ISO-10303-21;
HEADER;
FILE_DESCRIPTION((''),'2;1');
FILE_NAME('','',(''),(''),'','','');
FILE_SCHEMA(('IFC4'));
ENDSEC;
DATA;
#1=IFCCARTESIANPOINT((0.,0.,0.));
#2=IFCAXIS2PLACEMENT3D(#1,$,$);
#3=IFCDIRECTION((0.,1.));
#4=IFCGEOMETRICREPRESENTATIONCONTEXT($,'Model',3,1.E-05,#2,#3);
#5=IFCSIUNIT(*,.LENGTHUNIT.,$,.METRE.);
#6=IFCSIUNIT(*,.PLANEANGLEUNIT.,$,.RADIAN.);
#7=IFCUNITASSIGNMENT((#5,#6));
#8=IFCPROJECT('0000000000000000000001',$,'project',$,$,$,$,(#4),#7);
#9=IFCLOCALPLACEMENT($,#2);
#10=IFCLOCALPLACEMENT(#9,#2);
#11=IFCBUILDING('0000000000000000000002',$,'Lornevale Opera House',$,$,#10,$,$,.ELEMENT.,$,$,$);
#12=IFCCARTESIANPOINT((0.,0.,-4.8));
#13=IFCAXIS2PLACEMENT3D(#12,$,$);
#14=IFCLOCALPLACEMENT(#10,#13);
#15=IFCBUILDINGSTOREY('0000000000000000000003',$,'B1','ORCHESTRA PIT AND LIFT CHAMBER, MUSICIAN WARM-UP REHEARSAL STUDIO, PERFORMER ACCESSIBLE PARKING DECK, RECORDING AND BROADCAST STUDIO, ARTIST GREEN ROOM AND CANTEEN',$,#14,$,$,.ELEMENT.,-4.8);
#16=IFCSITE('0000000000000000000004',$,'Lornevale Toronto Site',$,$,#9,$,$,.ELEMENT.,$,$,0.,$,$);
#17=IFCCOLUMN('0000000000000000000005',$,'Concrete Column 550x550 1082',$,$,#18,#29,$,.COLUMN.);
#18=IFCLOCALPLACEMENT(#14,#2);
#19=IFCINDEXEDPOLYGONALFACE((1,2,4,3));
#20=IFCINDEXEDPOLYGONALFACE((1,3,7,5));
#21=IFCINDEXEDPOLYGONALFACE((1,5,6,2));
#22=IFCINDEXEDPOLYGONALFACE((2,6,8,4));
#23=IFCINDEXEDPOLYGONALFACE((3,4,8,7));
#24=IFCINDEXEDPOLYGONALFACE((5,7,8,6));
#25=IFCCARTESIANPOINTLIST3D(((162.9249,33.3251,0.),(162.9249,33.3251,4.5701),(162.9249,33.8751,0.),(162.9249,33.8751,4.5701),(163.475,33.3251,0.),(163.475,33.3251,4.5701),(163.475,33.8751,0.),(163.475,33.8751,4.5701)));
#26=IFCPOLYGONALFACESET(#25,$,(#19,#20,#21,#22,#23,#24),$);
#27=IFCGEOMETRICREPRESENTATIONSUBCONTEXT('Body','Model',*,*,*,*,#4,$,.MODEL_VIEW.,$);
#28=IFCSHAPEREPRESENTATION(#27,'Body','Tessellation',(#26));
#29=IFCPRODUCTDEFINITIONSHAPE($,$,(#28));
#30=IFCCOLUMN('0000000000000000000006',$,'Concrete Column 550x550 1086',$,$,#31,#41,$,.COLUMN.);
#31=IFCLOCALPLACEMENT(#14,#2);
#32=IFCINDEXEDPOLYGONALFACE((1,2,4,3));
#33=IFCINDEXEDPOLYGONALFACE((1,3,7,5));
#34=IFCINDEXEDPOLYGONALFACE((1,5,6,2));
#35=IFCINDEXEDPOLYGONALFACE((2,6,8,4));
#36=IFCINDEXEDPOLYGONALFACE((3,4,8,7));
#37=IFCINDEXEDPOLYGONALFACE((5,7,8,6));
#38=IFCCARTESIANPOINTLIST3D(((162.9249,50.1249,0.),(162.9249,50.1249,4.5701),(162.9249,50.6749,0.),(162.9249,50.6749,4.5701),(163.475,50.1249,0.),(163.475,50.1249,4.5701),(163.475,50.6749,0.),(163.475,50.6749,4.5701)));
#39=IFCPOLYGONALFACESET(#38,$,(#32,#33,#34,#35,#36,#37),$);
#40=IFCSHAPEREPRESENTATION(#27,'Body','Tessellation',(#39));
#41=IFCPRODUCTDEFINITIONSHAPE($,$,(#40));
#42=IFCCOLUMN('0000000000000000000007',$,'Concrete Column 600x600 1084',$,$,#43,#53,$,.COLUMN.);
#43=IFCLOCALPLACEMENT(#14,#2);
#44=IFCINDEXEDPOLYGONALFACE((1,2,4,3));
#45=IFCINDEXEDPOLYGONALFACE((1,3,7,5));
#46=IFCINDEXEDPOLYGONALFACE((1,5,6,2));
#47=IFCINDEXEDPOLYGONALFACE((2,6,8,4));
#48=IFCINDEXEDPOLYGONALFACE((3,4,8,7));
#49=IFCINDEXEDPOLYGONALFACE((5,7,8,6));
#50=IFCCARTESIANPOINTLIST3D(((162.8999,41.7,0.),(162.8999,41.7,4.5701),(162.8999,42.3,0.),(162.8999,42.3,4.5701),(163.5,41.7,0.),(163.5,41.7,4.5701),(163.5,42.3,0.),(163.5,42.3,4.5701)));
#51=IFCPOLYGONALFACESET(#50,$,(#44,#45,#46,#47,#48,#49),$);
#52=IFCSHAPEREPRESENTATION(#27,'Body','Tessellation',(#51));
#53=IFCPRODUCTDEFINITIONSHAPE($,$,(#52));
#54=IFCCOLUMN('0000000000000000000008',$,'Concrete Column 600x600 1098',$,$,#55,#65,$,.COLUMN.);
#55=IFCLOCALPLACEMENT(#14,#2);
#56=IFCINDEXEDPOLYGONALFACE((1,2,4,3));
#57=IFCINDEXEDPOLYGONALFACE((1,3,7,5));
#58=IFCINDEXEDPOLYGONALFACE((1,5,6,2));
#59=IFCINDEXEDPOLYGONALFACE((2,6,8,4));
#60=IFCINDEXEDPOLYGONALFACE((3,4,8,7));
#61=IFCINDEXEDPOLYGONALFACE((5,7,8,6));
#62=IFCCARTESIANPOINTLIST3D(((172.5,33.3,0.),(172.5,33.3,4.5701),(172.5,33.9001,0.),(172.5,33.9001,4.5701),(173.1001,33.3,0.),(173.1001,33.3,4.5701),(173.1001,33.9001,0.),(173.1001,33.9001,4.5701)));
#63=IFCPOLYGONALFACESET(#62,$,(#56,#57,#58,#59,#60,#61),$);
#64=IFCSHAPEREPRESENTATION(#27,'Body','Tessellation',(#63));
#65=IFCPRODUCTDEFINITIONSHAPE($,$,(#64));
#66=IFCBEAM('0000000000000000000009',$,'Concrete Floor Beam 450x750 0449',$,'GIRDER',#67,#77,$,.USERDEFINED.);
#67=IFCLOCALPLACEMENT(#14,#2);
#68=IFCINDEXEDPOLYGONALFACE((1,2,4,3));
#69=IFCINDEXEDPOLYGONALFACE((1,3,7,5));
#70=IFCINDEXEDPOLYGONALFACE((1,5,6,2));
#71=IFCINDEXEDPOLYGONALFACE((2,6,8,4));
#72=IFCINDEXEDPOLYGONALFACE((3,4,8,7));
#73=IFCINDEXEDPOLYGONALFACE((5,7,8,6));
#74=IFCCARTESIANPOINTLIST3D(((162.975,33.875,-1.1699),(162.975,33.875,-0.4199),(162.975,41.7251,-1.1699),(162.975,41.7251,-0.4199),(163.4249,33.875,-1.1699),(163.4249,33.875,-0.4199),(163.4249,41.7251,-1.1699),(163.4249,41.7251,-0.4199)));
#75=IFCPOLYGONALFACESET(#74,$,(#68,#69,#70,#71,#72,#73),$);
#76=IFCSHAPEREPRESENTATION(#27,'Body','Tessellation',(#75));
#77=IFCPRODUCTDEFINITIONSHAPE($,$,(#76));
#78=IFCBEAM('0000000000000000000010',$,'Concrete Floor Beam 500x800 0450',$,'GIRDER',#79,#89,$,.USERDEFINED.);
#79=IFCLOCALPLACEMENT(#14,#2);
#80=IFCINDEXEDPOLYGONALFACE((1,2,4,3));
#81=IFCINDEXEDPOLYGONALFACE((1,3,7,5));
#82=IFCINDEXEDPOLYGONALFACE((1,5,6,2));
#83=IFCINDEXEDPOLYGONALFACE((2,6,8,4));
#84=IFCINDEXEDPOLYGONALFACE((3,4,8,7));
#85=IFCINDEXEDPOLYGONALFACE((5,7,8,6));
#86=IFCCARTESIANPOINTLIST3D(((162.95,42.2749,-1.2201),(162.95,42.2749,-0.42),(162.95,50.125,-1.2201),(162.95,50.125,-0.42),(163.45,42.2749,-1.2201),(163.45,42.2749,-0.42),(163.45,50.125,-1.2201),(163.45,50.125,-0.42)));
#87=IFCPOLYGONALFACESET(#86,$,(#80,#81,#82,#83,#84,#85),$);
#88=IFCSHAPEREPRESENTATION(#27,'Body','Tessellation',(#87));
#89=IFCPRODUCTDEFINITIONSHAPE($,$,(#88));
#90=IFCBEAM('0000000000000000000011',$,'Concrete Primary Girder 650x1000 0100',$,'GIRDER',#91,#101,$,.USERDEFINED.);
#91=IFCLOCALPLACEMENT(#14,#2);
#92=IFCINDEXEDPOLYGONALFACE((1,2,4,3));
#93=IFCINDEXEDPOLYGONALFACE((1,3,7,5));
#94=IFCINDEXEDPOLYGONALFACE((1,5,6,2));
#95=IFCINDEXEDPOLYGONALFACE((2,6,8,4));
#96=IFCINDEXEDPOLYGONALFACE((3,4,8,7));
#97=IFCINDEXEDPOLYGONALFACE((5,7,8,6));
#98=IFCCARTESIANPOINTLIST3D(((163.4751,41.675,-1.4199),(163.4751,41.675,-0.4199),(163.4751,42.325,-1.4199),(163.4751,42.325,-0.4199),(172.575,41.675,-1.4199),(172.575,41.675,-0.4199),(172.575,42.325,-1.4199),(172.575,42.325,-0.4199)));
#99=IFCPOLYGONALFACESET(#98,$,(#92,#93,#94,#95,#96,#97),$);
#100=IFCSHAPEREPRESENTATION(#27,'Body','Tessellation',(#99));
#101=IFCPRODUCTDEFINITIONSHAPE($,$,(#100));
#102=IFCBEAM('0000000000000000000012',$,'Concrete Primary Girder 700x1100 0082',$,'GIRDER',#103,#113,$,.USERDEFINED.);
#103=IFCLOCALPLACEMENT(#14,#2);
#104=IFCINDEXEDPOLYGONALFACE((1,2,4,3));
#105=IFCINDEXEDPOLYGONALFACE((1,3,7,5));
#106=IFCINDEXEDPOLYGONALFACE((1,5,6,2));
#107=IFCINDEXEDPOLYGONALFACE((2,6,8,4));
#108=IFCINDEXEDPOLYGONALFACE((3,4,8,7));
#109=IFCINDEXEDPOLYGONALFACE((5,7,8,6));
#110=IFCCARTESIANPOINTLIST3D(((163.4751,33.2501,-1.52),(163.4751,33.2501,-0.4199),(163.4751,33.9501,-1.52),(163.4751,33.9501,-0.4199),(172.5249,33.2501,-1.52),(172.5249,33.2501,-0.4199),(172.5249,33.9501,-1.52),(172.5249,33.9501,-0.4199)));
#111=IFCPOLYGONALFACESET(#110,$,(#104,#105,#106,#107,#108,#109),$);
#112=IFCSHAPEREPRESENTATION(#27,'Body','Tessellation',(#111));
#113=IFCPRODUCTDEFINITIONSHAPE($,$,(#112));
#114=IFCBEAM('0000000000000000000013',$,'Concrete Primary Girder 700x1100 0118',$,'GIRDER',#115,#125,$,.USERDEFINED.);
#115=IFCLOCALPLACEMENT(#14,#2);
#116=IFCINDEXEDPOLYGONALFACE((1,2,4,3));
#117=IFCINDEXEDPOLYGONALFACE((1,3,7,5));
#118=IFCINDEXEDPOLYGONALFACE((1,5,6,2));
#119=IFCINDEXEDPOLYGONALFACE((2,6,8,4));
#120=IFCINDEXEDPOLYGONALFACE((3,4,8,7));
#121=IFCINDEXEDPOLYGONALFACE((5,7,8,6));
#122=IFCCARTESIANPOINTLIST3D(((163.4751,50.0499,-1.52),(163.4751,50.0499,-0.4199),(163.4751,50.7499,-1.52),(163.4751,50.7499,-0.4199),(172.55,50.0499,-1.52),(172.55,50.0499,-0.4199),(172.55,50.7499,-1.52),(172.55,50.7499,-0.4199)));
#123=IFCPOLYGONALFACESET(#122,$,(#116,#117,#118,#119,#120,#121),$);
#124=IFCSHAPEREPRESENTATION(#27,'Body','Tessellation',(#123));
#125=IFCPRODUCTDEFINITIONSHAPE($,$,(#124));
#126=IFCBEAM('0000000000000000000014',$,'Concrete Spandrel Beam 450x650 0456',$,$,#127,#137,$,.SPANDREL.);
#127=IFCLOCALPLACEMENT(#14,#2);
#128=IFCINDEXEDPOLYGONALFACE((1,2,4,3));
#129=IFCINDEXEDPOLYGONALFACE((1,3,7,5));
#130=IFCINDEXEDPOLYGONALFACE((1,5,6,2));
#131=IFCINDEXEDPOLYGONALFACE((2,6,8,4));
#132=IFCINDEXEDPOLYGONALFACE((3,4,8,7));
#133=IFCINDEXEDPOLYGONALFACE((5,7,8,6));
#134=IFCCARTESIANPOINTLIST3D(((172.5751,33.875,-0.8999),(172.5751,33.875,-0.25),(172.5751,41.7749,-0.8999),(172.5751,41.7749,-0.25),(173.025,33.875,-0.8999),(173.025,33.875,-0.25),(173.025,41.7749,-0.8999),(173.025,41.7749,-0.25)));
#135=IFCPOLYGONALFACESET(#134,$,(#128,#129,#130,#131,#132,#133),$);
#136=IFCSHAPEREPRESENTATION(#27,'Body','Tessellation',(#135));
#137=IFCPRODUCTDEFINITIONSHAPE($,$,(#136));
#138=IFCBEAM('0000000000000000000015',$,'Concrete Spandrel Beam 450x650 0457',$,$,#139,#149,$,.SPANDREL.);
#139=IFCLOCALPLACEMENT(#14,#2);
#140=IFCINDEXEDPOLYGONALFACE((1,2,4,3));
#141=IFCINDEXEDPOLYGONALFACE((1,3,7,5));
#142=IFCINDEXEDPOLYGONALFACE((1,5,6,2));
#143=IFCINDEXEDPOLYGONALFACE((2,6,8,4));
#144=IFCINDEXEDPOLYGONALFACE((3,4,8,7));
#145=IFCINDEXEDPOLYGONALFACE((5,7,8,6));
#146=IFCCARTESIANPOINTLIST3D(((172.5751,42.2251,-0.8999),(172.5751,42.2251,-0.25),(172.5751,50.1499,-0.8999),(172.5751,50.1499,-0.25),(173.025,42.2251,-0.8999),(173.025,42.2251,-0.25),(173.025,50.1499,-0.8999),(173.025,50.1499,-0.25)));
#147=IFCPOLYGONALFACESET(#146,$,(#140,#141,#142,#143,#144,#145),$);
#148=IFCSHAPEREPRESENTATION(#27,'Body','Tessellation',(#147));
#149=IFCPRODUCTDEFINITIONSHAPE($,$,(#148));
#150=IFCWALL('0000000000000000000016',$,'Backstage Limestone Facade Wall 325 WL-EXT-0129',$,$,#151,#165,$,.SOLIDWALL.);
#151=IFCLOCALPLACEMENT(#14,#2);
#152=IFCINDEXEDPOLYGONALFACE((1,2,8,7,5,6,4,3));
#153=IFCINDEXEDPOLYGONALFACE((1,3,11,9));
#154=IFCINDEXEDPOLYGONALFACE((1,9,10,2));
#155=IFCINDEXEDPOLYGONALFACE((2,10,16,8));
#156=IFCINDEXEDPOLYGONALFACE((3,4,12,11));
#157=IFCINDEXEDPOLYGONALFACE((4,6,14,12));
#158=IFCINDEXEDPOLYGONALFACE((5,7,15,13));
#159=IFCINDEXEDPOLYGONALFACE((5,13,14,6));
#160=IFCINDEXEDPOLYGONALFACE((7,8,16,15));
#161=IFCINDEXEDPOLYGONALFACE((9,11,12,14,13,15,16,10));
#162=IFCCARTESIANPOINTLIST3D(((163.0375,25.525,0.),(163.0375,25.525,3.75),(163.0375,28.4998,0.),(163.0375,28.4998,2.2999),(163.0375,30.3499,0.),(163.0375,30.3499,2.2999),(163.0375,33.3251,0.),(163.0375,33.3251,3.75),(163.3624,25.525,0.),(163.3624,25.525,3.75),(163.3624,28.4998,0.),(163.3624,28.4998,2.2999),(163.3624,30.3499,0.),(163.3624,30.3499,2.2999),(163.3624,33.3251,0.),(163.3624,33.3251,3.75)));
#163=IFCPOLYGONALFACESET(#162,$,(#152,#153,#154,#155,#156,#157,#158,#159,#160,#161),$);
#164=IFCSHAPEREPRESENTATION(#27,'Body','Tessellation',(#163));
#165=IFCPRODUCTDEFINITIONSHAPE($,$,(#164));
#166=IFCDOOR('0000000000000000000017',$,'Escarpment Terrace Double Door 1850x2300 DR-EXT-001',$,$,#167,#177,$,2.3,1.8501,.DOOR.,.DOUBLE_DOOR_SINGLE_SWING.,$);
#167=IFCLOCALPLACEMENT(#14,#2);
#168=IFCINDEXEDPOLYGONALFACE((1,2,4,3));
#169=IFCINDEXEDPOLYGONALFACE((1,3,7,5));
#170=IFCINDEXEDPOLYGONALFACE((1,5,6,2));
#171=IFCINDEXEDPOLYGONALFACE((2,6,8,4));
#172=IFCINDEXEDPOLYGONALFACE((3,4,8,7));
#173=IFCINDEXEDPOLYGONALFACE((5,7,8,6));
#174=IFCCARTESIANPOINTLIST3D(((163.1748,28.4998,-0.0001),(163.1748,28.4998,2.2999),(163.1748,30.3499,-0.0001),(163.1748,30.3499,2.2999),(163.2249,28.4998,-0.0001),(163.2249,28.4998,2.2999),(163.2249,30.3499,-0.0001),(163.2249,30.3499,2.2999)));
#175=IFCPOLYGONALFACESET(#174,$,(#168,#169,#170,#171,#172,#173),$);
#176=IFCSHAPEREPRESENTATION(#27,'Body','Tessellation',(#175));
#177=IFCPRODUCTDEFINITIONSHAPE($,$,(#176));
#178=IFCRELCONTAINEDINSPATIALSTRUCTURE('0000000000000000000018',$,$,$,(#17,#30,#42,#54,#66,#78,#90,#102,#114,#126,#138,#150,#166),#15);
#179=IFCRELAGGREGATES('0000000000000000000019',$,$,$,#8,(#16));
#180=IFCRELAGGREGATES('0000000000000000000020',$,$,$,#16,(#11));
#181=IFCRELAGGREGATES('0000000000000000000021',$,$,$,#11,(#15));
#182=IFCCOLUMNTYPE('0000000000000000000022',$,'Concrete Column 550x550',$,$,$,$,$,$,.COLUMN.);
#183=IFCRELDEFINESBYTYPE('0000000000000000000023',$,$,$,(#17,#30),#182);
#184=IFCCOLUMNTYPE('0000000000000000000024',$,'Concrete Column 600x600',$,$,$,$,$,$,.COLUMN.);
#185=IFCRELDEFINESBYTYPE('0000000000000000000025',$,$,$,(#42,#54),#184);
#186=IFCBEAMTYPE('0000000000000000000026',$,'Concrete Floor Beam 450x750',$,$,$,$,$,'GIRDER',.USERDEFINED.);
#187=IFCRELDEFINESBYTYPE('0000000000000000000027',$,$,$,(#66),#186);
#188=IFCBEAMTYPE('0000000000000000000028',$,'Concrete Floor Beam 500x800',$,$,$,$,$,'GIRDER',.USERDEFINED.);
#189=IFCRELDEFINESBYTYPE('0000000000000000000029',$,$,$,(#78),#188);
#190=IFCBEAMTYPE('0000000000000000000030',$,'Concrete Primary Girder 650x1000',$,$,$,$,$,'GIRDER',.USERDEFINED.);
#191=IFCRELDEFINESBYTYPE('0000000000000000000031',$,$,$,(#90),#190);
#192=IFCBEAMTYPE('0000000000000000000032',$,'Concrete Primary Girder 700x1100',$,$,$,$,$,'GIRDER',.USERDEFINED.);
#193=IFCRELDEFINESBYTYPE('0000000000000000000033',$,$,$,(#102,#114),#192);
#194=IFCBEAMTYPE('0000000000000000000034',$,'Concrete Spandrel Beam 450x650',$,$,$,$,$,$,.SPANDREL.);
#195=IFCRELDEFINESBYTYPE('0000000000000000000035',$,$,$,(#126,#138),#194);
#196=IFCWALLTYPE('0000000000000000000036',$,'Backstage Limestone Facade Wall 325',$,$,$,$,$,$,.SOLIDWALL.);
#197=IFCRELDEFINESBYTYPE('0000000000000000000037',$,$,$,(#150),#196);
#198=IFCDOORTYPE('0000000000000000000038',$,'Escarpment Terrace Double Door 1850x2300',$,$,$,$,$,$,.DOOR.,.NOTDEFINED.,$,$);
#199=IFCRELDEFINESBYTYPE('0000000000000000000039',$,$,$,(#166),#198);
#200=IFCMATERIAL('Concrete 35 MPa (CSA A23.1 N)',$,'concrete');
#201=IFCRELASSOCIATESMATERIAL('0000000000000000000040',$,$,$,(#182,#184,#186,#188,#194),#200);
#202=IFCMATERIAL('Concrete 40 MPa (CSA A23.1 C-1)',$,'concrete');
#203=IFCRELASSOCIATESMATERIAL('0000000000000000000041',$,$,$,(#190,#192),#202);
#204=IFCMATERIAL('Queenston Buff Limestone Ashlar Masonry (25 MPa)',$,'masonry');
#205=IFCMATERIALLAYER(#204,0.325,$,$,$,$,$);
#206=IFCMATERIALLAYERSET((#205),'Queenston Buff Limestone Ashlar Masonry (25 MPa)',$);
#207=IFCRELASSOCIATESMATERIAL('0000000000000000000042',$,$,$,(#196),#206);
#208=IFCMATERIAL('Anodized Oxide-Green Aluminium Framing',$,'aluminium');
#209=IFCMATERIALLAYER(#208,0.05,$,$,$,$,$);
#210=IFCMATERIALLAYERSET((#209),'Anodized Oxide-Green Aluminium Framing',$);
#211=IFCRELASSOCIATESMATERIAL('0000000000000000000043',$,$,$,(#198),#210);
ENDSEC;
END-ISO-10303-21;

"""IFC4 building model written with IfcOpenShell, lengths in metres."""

from ifc_helpers import new_model, si_unit, direction, frame, frame_2d, origin, origin_2d, place, context, subcontext, project, spatial, rectangle, extrude, material, layer, layer_set, material_profile, profile_set, type_object, element, fill, save


model = new_model("IFC4")

# Units and contexts
model_context = context("Model", 3, precision=1e-05, world=origin(), true_north=direction((0.0, 1.0)))
body_context = subcontext(model_context, "Body", "Model", "MODEL_VIEW")
ifc_project = project(units=[si_unit("LENGTHUNIT", "METRE"), si_unit("PLANEANGLEUNIT", "RADIAN")], contexts=[model_context])

# Site, building, storey
site_placement = place(None, origin())
site = spatial("IfcSite", under=ifc_project, at=site_placement, Name="Lornevale Toronto Site", CompositionType="ELEMENT", RefElevation=0.0)
building_placement = place(site_placement, origin())
building = spatial("IfcBuilding", under=site, at=building_placement, Name="Lornevale Opera House", CompositionType="ELEMENT")
storey_placement = place(building_placement, frame((0.0, 0.0, -4.8)))
storey = spatial("IfcBuildingStorey", under=building, at=storey_placement, Name="B1", Description="ORCHESTRA PIT AND LIFT CHAMBER, MUSICIAN WARM-UP REHEARSAL STUDIO, PERFORMER ACCESSIBLE PARKING DECK, RECORDING AND BROADCAST STUDIO, ARTIST GREEN ROOM AND CANTEEN", CompositionType="ELEMENT", Elevation=-4.8)

# Columns
ifc_material_1 = material(Name="Concrete 35 MPa (CSA A23.1 N)", Category="concrete")
ifc_material_profile_1 = material_profile(ifc_material_1, rectangle(XDim=0.55, YDim=0.55, at=origin_2d()), Name="RC550x550")
ifc_profile_set_1 = profile_set([ifc_material_profile_1], Name="Concrete 35 MPa (CSA A23.1 N)")
column_type_1 = type_object("IfcColumnType", Name="Concrete Column 550x550", PredefinedType="COLUMN", material=ifc_profile_set_1)
for number, where, z_axis, x_axis, name in (
    (1, (163.2, 33.6001, 0.0), (0.0, 0.0, 1.0), (1.0, 0.0, 0.0), "Concrete Column 550x550 1082"),
    (2, (163.2, 50.3999, 0.0), (0.0, 0.0, 1.0), (1.0, 0.0, 0.0), "Concrete Column 550x550 1086"),
):
    element("IfcColumn", number, at=place(storey_placement, frame(where, z_axis=z_axis, x_axis=x_axis)), inside=storey, type_object=column_type_1, Name=name, PredefinedType="COLUMN", context=body_context, shape_type="SweptSolid", body=[
        extrude(rectangle(XDim=0.55, YDim=0.55, at=origin_2d()), origin(), (0.0, 0.0, 1.0), 4.5701),
    ])
ifc_material_profile_2 = material_profile(ifc_material_1, rectangle(XDim=0.6001, YDim=0.6001, at=origin_2d()), Name="RC600x600")
ifc_profile_set_2 = profile_set([ifc_material_profile_2], Name="Concrete 35 MPa (CSA A23.1 N)")
column_type_2 = type_object("IfcColumnType", Name="Concrete Column 600x600", PredefinedType="COLUMN", material=ifc_profile_set_2)
for number, where, z_axis, x_axis, name in (
    (3, (163.2, 42.0, 0.0), (0.0, 0.0, 1.0), (1.0, 0.0, 0.0), "Concrete Column 600x600 1084"),
    (4, (172.8, 33.6001, 0.0), (0.0, 0.0, 1.0), (1.0, 0.0, 0.0), "Concrete Column 600x600 1098"),
):
    element("IfcColumn", number, at=place(storey_placement, frame(where, z_axis=z_axis, x_axis=x_axis)), inside=storey, type_object=column_type_2, Name=name, PredefinedType="COLUMN", context=body_context, shape_type="SweptSolid", body=[
        extrude(rectangle(XDim=0.6001, YDim=0.6001, at=origin_2d()), origin(), (0.0, 0.0, 1.0), 4.5701),
    ])

# Beams
ifc_material_profile_3 = material_profile(ifc_material_1, rectangle(XDim=0.45, YDim=0.75, at=origin_2d()), Name="RC450x750")
ifc_profile_set_3 = profile_set([ifc_material_profile_3], Name="Concrete 35 MPa (CSA A23.1 N)")
beam_type_1 = type_object("IfcBeamType", Name="Concrete Floor Beam 450x750", ElementType="GIRDER", PredefinedType="USERDEFINED", material=ifc_profile_set_3)
beam_1_placement = place(storey_placement, frame((163.2, 33.875, -0.7949), z_axis=(0.0, 1.0, 0.0), x_axis=(-1.0, 0.0, 0.0)))
element("IfcBeam", 5, at=beam_1_placement, inside=storey, type_object=beam_type_1, Name="Concrete Floor Beam 450x750 0449", ObjectType="GIRDER", PredefinedType="USERDEFINED", context=body_context, shape_type="SweptSolid", body=[
    extrude(rectangle(XDim=0.45, YDim=0.75, at=origin_2d()), origin(), (0.0, 0.0, 1.0), 7.8501),
])
ifc_material_profile_4 = material_profile(ifc_material_1, rectangle(XDim=0.5, YDim=0.8, at=origin_2d()), Name="RC500x800")
ifc_profile_set_4 = profile_set([ifc_material_profile_4], Name="Concrete 35 MPa (CSA A23.1 N)")
beam_type_2 = type_object("IfcBeamType", Name="Concrete Floor Beam 500x800", ElementType="GIRDER", PredefinedType="USERDEFINED", material=ifc_profile_set_4)
beam_2_placement = place(storey_placement, frame((163.2, 42.2749, -0.8201), z_axis=(0.0, 1.0, 0.0), x_axis=(-1.0, 0.0, 0.0)))
element("IfcBeam", 6, at=beam_2_placement, inside=storey, type_object=beam_type_2, Name="Concrete Floor Beam 500x800 0450", ObjectType="GIRDER", PredefinedType="USERDEFINED", context=body_context, shape_type="SweptSolid", body=[
    extrude(rectangle(XDim=0.5, YDim=0.8, at=origin_2d()), origin(), (0.0, 0.0, 1.0), 7.8501),
])
ifc_material_2 = material(Name="Concrete 40 MPa (CSA A23.1 C-1)", Category="concrete")
ifc_material_profile_5 = material_profile(ifc_material_2, rectangle(XDim=0.6499, YDim=1.0, at=origin_2d()), Name="RC650x1000")
ifc_profile_set_5 = profile_set([ifc_material_profile_5], Name="Concrete 40 MPa (CSA A23.1 C-1)")
beam_type_3 = type_object("IfcBeamType", Name="Concrete Primary Girder 650x1000", ElementType="GIRDER", PredefinedType="USERDEFINED", material=ifc_profile_set_5)
beam_3_placement = place(storey_placement, frame((163.4751, 42.0, -0.9199), z_axis=(1.0, 0.0, 0.0), x_axis=(0.0, 1.0, 0.0)))
element("IfcBeam", 7, at=beam_3_placement, inside=storey, type_object=beam_type_3, Name="Concrete Primary Girder 650x1000 0100", ObjectType="GIRDER", PredefinedType="USERDEFINED", context=body_context, shape_type="SweptSolid", body=[
    extrude(rectangle(XDim=0.6499, YDim=1.0, at=origin_2d()), origin(), (0.0, 0.0, 1.0), 9.0999),
])
ifc_material_profile_6 = material_profile(ifc_material_2, rectangle(XDim=0.7, YDim=1.1001, at=origin_2d()), Name="RC700x1100")
ifc_profile_set_6 = profile_set([ifc_material_profile_6], Name="Concrete 40 MPa (CSA A23.1 C-1)")
beam_type_4 = type_object("IfcBeamType", Name="Concrete Primary Girder 700x1100", ElementType="GIRDER", PredefinedType="USERDEFINED", material=ifc_profile_set_6)
beam_4_placement = place(storey_placement, frame((163.4751, 33.6001, -0.97), z_axis=(1.0, 0.0, 0.0), x_axis=(0.0, 1.0, 0.0)))
element("IfcBeam", 8, at=beam_4_placement, inside=storey, type_object=beam_type_4, Name="Concrete Primary Girder 700x1100 0082", ObjectType="GIRDER", PredefinedType="USERDEFINED", context=body_context, shape_type="SweptSolid", body=[
    extrude(rectangle(XDim=0.7, YDim=1.1001, at=origin_2d()), origin(), (0.0, 0.0, 1.0), 9.0498),
])
beam_5_placement = place(storey_placement, frame((163.4751, 50.3999, -0.97), z_axis=(1.0, 0.0, 0.0), x_axis=(0.0, 1.0, 0.0)))
element("IfcBeam", 9, at=beam_5_placement, inside=storey, type_object=beam_type_4, Name="Concrete Primary Girder 700x1100 0118", ObjectType="GIRDER", PredefinedType="USERDEFINED", context=body_context, shape_type="SweptSolid", body=[
    extrude(rectangle(XDim=0.7, YDim=1.1001, at=origin_2d()), origin(), (0.0, 0.0, 1.0), 9.075),
])
ifc_material_profile_7 = material_profile(ifc_material_1, rectangle(XDim=0.45, YDim=0.6499, at=origin_2d()), Name="RC450x650")
ifc_profile_set_7 = profile_set([ifc_material_profile_7], Name="Concrete 35 MPa (CSA A23.1 N)")
beam_type_5 = type_object("IfcBeamType", Name="Concrete Spandrel Beam 450x650", PredefinedType="SPANDREL", material=ifc_profile_set_7)
beam_6_placement = place(storey_placement, frame((172.8, 33.875, -0.575), z_axis=(0.0, 1.0, 0.0), x_axis=(-1.0, 0.0, 0.0)))
element("IfcBeam", 10, at=beam_6_placement, inside=storey, type_object=beam_type_5, Name="Concrete Spandrel Beam 450x650 0456", PredefinedType="SPANDREL", context=body_context, shape_type="SweptSolid", body=[
    extrude(rectangle(XDim=0.45, YDim=0.6499, at=origin_2d()), origin(), (0.0, 0.0, 1.0), 7.8999),
])
beam_7_placement = place(storey_placement, frame((172.8, 42.2251, -0.575), z_axis=(0.0, 1.0, 0.0), x_axis=(-1.0, 0.0, 0.0)))
element("IfcBeam", 11, at=beam_7_placement, inside=storey, type_object=beam_type_5, Name="Concrete Spandrel Beam 450x650 0457", PredefinedType="SPANDREL", context=body_context, shape_type="SweptSolid", body=[
    extrude(rectangle(XDim=0.45, YDim=0.6499, at=origin_2d()), origin(), (0.0, 0.0, 1.0), 7.9248),
])

# Wall, opening, door
ifc_material_3 = material(Name="Queenston Buff Limestone Ashlar Masonry (25 MPa)", Category="masonry")
ifc_layer_1 = layer(ifc_material_3, 0.325)
ifc_layer_set_1 = layer_set([ifc_layer_1], Name="Queenston Buff Limestone Ashlar Masonry (25 MPa)")
wall_type_1 = type_object("IfcWallType", Name="Backstage Limestone Facade Wall 325", PredefinedType="SOLIDWALL", material=ifc_layer_set_1)
wall_1_placement = place(storey_placement, frame((163.2, 33.325, 0.0), z_axis=(0.0, 0.0, 1.0), x_axis=(0.0, -1.0, 0.0)))
wall_1 = element("IfcWall", 12, at=wall_1_placement, inside=storey, type_object=wall_type_1, Name="Backstage Limestone Facade Wall 325 WL-EXT-0129", PredefinedType="SOLIDWALL", context=body_context, shape_type="SweptSolid", body=[
    extrude(rectangle(XDim=7.8, YDim=0.325, at=frame_2d((3.8999, 0.0))), origin(), (0.0, 0.0, 1.0), 3.75),
])
opening_1_placement = place(wall_1_placement, frame((2.9751, 0.0, 0.0)))
opening_1 = element("IfcOpeningElement", 13, at=opening_1_placement, cuts=wall_1, PredefinedType="OPENING", context=body_context, shape_type="SweptSolid", body=[
    extrude(rectangle(XDim=1.8501, YDim=2.3, at=frame_2d((0.925, 1.1499))), frame((0.0, 0.1724, 0.0), z_axis=(0.0, -1.0, 0.0), x_axis=(1.0, 0.0, 0.0)), (0.0, 0.0, 1.0), 0.345),
])
ifc_material_4 = material(Name="Anodized Oxide-Green Aluminium Framing", Category="aluminium")
ifc_layer_2 = layer(ifc_material_4, 0.05)
ifc_layer_set_2 = layer_set([ifc_layer_2], Name="Anodized Oxide-Green Aluminium Framing")
door_type = type_object("IfcDoorType", Name="Escarpment Terrace Double Door 1850x2300", OperationType="NOTDEFINED", PredefinedType="DOOR", material=ifc_layer_set_2)
door_1_placement = place(opening_1_placement, origin())
door_1 = element("IfcDoor", 14, at=door_1_placement, inside=storey, type_object=door_type, Name="Escarpment Terrace Double Door 1850x2300 DR-EXT-001", OperationType="DOUBLE_DOOR_SINGLE_SWING", OverallHeight=2.3, OverallWidth=1.8501, PredefinedType="DOOR", context=body_context, shape_type="SweptSolid", body=[
    extrude(rectangle(XDim=1.8501, YDim=2.3, at=frame_2d((0.925, 1.1499))), frame((0.0, 0.0249, 0.0), z_axis=(0.0, -1.0, 0.0), x_axis=(1.0, 0.0, 0.0)), (0.0, 0.0, 1.0), 0.05),
])
fill(opening_1, door_1)

save(model, "model.ifc")
